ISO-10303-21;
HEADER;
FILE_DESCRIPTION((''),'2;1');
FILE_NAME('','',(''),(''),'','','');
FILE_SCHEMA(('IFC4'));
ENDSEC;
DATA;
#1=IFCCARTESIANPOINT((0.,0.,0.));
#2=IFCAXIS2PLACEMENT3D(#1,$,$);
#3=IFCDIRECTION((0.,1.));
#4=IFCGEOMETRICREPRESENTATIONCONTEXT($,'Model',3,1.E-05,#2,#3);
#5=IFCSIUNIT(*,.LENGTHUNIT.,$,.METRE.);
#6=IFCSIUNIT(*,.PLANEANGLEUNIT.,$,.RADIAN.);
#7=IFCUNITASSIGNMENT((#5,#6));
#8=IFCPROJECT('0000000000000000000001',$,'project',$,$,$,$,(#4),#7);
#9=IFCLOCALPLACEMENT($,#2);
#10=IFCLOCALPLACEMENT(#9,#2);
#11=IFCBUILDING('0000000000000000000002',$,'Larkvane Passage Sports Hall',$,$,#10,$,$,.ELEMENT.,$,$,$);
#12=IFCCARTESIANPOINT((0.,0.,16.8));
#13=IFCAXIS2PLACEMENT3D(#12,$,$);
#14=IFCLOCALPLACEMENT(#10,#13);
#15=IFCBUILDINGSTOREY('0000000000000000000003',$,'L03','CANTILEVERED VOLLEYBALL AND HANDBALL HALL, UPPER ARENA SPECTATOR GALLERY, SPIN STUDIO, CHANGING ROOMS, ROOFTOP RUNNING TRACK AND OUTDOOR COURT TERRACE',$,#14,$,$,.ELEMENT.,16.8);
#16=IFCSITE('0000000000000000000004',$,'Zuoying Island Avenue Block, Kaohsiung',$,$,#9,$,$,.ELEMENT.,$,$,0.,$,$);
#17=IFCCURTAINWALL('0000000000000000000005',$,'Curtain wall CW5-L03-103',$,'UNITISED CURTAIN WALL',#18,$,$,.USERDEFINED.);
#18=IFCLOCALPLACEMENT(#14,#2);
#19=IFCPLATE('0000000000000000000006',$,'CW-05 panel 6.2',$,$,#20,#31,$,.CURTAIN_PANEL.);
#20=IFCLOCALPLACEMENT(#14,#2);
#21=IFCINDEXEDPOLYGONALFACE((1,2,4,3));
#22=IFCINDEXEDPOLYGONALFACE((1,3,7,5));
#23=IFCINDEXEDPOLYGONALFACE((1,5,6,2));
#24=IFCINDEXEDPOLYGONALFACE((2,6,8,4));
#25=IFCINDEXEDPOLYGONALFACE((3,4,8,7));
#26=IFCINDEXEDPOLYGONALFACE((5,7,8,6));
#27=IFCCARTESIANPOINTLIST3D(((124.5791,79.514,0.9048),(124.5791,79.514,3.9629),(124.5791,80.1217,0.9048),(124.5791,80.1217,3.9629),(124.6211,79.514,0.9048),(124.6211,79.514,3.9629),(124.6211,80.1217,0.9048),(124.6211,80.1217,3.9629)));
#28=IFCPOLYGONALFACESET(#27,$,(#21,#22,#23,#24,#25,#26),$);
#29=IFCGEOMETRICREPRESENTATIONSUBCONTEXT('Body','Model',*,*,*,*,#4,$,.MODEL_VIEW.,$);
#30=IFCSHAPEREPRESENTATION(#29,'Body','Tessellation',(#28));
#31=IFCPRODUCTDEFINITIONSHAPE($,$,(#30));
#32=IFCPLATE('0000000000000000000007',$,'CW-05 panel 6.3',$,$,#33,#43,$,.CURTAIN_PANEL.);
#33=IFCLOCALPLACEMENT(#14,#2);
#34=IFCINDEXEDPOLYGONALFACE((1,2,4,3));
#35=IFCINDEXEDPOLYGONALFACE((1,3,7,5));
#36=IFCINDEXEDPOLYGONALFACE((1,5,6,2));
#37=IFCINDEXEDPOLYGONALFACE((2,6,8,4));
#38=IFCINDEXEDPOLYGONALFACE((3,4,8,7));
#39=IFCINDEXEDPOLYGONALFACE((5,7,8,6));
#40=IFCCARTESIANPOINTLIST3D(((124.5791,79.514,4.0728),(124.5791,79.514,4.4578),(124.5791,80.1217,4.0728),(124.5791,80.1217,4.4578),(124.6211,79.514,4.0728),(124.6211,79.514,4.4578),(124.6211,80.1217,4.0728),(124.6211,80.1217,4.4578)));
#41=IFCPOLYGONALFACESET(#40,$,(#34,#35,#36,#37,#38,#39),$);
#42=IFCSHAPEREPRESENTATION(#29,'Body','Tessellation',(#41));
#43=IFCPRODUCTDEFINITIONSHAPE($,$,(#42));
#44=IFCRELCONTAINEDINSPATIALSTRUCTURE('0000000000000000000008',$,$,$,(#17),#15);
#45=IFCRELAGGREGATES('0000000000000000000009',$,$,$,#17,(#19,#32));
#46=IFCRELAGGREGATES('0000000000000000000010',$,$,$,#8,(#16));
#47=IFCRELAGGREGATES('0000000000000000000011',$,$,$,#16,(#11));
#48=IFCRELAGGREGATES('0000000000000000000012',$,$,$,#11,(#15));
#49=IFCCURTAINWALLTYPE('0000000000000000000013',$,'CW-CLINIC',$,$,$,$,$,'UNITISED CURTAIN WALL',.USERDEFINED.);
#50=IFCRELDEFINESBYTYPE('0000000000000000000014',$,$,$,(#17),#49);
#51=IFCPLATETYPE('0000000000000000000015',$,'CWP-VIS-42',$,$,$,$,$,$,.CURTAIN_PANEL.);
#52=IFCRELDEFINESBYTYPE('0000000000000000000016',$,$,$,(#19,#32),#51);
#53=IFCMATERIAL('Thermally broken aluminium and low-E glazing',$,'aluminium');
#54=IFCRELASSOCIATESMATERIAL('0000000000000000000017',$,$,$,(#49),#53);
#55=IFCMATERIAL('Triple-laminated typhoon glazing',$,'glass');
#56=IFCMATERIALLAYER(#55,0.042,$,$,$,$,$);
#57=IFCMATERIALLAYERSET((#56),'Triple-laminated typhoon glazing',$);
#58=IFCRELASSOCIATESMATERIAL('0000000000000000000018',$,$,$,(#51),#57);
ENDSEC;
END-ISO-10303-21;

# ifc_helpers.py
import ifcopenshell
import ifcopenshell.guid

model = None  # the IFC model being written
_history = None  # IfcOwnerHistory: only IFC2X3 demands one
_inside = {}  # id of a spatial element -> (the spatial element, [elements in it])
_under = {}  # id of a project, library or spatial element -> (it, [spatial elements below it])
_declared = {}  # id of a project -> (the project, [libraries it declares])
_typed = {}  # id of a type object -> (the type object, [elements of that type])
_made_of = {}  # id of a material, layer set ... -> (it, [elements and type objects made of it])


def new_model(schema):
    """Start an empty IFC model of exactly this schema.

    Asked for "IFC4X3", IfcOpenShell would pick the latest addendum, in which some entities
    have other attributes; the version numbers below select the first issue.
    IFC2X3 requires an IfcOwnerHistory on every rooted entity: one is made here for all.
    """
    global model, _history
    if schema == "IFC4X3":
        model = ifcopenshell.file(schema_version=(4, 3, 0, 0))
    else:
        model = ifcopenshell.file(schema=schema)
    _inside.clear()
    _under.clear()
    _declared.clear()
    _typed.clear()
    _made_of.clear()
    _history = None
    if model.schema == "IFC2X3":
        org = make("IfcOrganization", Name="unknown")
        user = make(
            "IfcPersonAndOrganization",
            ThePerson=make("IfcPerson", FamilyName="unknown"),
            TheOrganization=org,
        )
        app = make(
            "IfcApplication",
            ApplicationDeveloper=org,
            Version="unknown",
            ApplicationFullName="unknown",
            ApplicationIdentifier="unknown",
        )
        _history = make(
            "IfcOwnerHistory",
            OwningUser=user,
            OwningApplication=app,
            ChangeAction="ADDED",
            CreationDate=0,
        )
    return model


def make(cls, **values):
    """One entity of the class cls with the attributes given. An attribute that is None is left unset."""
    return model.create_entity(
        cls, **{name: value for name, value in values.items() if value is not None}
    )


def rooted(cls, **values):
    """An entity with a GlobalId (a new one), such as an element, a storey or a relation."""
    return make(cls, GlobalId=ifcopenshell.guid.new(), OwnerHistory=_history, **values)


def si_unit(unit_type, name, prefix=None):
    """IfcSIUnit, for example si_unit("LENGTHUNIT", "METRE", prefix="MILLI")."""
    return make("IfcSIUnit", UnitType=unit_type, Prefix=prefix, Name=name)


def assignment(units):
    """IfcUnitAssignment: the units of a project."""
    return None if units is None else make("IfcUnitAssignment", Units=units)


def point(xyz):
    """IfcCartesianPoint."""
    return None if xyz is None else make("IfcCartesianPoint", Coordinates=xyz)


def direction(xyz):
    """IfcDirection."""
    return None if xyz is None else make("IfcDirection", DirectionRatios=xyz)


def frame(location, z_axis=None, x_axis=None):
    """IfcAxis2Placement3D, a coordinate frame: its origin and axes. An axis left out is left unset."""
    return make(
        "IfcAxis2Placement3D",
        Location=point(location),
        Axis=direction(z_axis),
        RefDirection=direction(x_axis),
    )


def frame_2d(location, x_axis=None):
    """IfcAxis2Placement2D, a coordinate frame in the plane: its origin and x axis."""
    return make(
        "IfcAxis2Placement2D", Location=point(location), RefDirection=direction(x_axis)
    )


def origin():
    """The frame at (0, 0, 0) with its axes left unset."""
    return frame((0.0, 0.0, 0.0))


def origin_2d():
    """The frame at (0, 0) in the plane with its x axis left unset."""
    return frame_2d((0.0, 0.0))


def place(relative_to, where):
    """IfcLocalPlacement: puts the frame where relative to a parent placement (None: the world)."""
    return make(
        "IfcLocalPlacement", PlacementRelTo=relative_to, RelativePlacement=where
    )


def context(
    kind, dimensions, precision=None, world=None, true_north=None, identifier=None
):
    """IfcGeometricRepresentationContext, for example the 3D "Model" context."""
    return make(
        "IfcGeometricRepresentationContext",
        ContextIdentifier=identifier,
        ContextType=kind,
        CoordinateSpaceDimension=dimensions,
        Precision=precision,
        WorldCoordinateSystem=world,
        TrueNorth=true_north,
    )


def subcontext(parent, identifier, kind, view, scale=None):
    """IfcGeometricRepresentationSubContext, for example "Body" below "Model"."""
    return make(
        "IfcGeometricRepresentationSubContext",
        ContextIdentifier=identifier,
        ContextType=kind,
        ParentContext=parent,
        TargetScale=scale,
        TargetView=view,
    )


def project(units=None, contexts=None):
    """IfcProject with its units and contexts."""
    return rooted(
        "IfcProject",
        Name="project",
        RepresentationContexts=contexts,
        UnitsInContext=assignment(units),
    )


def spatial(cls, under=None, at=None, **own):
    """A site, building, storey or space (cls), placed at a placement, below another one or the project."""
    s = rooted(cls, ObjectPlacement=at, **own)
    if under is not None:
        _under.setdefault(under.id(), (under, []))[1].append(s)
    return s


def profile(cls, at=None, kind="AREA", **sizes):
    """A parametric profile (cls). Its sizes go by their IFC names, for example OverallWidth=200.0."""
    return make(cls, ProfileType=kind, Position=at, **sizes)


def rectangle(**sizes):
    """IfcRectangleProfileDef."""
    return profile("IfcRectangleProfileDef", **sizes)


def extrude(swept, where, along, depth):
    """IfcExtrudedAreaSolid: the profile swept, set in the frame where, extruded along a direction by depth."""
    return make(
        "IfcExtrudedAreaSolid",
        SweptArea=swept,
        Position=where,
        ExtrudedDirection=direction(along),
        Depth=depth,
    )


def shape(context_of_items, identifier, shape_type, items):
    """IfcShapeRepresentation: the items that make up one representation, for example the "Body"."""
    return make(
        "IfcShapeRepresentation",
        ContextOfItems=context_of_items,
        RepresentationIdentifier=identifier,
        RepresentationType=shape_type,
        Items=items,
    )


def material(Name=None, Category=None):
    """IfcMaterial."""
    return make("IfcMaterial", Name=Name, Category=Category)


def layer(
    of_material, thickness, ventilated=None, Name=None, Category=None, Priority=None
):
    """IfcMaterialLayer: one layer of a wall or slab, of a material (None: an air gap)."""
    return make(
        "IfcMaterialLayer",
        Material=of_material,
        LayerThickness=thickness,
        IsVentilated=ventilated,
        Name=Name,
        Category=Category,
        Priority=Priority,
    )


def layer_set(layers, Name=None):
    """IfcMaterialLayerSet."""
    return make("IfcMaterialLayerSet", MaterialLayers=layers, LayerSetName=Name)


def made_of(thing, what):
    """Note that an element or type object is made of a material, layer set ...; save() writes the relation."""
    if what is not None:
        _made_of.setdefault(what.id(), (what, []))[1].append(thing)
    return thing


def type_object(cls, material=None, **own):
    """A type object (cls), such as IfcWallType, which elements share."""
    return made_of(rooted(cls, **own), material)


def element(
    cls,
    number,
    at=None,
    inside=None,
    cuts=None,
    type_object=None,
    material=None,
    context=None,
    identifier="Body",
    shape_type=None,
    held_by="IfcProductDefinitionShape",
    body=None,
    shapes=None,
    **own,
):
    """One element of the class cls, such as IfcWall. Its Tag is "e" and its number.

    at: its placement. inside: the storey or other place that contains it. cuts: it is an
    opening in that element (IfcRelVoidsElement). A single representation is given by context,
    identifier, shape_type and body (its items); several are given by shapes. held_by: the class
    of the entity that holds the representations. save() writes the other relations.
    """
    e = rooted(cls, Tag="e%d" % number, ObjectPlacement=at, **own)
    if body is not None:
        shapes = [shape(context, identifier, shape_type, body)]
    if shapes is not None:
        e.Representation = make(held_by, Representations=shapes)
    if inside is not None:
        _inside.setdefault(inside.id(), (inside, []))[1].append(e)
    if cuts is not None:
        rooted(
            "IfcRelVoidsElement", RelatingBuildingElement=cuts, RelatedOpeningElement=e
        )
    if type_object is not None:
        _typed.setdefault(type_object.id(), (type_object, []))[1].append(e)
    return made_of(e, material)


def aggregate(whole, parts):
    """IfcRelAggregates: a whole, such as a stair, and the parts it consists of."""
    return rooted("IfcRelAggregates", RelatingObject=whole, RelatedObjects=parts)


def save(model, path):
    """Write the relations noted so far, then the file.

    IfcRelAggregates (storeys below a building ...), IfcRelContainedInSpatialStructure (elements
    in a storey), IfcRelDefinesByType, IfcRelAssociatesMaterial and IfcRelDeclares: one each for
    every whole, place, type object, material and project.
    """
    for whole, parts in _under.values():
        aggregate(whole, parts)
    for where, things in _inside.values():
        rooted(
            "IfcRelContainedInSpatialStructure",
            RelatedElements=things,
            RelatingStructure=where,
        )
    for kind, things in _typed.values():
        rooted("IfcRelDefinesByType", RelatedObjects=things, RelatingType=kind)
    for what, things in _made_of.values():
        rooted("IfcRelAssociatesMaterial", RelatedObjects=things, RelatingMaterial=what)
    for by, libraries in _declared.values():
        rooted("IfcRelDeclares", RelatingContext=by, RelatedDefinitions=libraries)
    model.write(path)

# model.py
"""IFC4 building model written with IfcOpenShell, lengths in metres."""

from ifc_helpers import new_model, si_unit, direction, frame, origin, origin_2d, place, context, subcontext, project, spatial, rectangle, extrude, material, layer, layer_set, type_object, element, aggregate, save


model = new_model("IFC4")

# Units and contexts
model_context = context("Model", 3, precision=1e-05, world=origin(), true_north=direction((0.0, 1.0)))
body_context = subcontext(model_context, "Body", "Model", "MODEL_VIEW")
ifc_project = project(units=[si_unit("LENGTHUNIT", "METRE"), si_unit("PLANEANGLEUNIT", "RADIAN")], contexts=[model_context])

# Site, building, storey
site_placement = place(None, origin())
site = spatial("IfcSite", under=ifc_project, at=site_placement, Name="Zuoying Island Avenue Block, Kaohsiung", CompositionType="ELEMENT", RefElevation=0.0)
building_placement = place(site_placement, origin())
building = spatial("IfcBuilding", under=site, at=building_placement, Name="Larkvane Passage Sports Hall", CompositionType="ELEMENT")
storey_placement = place(building_placement, frame((0.0, 0.0, 16.8)))
storey = spatial("IfcBuildingStorey", under=building, at=storey_placement, Name="L03", Description="CANTILEVERED VOLLEYBALL AND HANDBALL HALL, UPPER ARENA SPECTATOR GALLERY, SPIN STUDIO, CHANGING ROOMS, ROOFTOP RUNNING TRACK AND OUTDOOR COURT TERRACE", CompositionType="ELEMENT", Elevation=16.8)

# Curtain wall, plates
ifc_material_1 = material(Name="Thermally broken aluminium and low-E glazing", Category="aluminium")
curtain_wall_type = type_object("IfcCurtainWallType", Name="CW-CLINIC", ElementType="UNITISED CURTAIN WALL", PredefinedType="USERDEFINED", material=ifc_material_1)
curtain_wall_placement = place(storey_placement, origin())
curtain_wall = element("IfcCurtainWall", 1, at=curtain_wall_placement, inside=storey, type_object=curtain_wall_type, Name="Curtain wall CW5-L03-103", ObjectType="UNITISED CURTAIN WALL", PredefinedType="USERDEFINED")
ifc_material_2 = material(Name="Triple-laminated typhoon glazing", Category="glass")
ifc_layer_1 = layer(ifc_material_2, 0.042)
ifc_layer_set_1 = layer_set([ifc_layer_1], Name="Triple-laminated typhoon glazing")
plate_type_1 = type_object("IfcPlateType", Name="CWP-VIS-42", PredefinedType="CURTAIN_PANEL", material=ifc_layer_set_1)
plate_1_placement = place(storey_placement, frame((124.6001, 79.8179, 0.9048), z_axis=(0.0, 0.0, 1.0), x_axis=(0.0, 1.0, 0.0)))
plate_1 = element("IfcPlate", 2, at=plate_1_placement, type_object=plate_type_1, Name="CW-05 panel 6.2", PredefinedType="CURTAIN_PANEL", context=body_context, shape_type="SweptSolid", body=[
    extrude(rectangle(XDim=0.6077, YDim=0.042, at=origin_2d()), origin(), (0.0, 0.0, 1.0), 3.0581),
])
plate_2_placement = place(storey_placement, frame((124.6001, 79.8179, 4.0728), z_axis=(0.0, 0.0, 1.0), x_axis=(0.0, 1.0, 0.0)))
plate_2 = element("IfcPlate", 3, at=plate_2_placement, type_object=plate_type_1, Name="CW-05 panel 6.3", PredefinedType="CURTAIN_PANEL", context=body_context, shape_type="SweptSolid", body=[
    extrude(rectangle(XDim=0.6077, YDim=0.042, at=origin_2d()), origin(), (0.0, 0.0, 1.0), 0.385),
])
aggregate(curtain_wall, [plate_1, plate_2])

save(model, "model.ifc")
